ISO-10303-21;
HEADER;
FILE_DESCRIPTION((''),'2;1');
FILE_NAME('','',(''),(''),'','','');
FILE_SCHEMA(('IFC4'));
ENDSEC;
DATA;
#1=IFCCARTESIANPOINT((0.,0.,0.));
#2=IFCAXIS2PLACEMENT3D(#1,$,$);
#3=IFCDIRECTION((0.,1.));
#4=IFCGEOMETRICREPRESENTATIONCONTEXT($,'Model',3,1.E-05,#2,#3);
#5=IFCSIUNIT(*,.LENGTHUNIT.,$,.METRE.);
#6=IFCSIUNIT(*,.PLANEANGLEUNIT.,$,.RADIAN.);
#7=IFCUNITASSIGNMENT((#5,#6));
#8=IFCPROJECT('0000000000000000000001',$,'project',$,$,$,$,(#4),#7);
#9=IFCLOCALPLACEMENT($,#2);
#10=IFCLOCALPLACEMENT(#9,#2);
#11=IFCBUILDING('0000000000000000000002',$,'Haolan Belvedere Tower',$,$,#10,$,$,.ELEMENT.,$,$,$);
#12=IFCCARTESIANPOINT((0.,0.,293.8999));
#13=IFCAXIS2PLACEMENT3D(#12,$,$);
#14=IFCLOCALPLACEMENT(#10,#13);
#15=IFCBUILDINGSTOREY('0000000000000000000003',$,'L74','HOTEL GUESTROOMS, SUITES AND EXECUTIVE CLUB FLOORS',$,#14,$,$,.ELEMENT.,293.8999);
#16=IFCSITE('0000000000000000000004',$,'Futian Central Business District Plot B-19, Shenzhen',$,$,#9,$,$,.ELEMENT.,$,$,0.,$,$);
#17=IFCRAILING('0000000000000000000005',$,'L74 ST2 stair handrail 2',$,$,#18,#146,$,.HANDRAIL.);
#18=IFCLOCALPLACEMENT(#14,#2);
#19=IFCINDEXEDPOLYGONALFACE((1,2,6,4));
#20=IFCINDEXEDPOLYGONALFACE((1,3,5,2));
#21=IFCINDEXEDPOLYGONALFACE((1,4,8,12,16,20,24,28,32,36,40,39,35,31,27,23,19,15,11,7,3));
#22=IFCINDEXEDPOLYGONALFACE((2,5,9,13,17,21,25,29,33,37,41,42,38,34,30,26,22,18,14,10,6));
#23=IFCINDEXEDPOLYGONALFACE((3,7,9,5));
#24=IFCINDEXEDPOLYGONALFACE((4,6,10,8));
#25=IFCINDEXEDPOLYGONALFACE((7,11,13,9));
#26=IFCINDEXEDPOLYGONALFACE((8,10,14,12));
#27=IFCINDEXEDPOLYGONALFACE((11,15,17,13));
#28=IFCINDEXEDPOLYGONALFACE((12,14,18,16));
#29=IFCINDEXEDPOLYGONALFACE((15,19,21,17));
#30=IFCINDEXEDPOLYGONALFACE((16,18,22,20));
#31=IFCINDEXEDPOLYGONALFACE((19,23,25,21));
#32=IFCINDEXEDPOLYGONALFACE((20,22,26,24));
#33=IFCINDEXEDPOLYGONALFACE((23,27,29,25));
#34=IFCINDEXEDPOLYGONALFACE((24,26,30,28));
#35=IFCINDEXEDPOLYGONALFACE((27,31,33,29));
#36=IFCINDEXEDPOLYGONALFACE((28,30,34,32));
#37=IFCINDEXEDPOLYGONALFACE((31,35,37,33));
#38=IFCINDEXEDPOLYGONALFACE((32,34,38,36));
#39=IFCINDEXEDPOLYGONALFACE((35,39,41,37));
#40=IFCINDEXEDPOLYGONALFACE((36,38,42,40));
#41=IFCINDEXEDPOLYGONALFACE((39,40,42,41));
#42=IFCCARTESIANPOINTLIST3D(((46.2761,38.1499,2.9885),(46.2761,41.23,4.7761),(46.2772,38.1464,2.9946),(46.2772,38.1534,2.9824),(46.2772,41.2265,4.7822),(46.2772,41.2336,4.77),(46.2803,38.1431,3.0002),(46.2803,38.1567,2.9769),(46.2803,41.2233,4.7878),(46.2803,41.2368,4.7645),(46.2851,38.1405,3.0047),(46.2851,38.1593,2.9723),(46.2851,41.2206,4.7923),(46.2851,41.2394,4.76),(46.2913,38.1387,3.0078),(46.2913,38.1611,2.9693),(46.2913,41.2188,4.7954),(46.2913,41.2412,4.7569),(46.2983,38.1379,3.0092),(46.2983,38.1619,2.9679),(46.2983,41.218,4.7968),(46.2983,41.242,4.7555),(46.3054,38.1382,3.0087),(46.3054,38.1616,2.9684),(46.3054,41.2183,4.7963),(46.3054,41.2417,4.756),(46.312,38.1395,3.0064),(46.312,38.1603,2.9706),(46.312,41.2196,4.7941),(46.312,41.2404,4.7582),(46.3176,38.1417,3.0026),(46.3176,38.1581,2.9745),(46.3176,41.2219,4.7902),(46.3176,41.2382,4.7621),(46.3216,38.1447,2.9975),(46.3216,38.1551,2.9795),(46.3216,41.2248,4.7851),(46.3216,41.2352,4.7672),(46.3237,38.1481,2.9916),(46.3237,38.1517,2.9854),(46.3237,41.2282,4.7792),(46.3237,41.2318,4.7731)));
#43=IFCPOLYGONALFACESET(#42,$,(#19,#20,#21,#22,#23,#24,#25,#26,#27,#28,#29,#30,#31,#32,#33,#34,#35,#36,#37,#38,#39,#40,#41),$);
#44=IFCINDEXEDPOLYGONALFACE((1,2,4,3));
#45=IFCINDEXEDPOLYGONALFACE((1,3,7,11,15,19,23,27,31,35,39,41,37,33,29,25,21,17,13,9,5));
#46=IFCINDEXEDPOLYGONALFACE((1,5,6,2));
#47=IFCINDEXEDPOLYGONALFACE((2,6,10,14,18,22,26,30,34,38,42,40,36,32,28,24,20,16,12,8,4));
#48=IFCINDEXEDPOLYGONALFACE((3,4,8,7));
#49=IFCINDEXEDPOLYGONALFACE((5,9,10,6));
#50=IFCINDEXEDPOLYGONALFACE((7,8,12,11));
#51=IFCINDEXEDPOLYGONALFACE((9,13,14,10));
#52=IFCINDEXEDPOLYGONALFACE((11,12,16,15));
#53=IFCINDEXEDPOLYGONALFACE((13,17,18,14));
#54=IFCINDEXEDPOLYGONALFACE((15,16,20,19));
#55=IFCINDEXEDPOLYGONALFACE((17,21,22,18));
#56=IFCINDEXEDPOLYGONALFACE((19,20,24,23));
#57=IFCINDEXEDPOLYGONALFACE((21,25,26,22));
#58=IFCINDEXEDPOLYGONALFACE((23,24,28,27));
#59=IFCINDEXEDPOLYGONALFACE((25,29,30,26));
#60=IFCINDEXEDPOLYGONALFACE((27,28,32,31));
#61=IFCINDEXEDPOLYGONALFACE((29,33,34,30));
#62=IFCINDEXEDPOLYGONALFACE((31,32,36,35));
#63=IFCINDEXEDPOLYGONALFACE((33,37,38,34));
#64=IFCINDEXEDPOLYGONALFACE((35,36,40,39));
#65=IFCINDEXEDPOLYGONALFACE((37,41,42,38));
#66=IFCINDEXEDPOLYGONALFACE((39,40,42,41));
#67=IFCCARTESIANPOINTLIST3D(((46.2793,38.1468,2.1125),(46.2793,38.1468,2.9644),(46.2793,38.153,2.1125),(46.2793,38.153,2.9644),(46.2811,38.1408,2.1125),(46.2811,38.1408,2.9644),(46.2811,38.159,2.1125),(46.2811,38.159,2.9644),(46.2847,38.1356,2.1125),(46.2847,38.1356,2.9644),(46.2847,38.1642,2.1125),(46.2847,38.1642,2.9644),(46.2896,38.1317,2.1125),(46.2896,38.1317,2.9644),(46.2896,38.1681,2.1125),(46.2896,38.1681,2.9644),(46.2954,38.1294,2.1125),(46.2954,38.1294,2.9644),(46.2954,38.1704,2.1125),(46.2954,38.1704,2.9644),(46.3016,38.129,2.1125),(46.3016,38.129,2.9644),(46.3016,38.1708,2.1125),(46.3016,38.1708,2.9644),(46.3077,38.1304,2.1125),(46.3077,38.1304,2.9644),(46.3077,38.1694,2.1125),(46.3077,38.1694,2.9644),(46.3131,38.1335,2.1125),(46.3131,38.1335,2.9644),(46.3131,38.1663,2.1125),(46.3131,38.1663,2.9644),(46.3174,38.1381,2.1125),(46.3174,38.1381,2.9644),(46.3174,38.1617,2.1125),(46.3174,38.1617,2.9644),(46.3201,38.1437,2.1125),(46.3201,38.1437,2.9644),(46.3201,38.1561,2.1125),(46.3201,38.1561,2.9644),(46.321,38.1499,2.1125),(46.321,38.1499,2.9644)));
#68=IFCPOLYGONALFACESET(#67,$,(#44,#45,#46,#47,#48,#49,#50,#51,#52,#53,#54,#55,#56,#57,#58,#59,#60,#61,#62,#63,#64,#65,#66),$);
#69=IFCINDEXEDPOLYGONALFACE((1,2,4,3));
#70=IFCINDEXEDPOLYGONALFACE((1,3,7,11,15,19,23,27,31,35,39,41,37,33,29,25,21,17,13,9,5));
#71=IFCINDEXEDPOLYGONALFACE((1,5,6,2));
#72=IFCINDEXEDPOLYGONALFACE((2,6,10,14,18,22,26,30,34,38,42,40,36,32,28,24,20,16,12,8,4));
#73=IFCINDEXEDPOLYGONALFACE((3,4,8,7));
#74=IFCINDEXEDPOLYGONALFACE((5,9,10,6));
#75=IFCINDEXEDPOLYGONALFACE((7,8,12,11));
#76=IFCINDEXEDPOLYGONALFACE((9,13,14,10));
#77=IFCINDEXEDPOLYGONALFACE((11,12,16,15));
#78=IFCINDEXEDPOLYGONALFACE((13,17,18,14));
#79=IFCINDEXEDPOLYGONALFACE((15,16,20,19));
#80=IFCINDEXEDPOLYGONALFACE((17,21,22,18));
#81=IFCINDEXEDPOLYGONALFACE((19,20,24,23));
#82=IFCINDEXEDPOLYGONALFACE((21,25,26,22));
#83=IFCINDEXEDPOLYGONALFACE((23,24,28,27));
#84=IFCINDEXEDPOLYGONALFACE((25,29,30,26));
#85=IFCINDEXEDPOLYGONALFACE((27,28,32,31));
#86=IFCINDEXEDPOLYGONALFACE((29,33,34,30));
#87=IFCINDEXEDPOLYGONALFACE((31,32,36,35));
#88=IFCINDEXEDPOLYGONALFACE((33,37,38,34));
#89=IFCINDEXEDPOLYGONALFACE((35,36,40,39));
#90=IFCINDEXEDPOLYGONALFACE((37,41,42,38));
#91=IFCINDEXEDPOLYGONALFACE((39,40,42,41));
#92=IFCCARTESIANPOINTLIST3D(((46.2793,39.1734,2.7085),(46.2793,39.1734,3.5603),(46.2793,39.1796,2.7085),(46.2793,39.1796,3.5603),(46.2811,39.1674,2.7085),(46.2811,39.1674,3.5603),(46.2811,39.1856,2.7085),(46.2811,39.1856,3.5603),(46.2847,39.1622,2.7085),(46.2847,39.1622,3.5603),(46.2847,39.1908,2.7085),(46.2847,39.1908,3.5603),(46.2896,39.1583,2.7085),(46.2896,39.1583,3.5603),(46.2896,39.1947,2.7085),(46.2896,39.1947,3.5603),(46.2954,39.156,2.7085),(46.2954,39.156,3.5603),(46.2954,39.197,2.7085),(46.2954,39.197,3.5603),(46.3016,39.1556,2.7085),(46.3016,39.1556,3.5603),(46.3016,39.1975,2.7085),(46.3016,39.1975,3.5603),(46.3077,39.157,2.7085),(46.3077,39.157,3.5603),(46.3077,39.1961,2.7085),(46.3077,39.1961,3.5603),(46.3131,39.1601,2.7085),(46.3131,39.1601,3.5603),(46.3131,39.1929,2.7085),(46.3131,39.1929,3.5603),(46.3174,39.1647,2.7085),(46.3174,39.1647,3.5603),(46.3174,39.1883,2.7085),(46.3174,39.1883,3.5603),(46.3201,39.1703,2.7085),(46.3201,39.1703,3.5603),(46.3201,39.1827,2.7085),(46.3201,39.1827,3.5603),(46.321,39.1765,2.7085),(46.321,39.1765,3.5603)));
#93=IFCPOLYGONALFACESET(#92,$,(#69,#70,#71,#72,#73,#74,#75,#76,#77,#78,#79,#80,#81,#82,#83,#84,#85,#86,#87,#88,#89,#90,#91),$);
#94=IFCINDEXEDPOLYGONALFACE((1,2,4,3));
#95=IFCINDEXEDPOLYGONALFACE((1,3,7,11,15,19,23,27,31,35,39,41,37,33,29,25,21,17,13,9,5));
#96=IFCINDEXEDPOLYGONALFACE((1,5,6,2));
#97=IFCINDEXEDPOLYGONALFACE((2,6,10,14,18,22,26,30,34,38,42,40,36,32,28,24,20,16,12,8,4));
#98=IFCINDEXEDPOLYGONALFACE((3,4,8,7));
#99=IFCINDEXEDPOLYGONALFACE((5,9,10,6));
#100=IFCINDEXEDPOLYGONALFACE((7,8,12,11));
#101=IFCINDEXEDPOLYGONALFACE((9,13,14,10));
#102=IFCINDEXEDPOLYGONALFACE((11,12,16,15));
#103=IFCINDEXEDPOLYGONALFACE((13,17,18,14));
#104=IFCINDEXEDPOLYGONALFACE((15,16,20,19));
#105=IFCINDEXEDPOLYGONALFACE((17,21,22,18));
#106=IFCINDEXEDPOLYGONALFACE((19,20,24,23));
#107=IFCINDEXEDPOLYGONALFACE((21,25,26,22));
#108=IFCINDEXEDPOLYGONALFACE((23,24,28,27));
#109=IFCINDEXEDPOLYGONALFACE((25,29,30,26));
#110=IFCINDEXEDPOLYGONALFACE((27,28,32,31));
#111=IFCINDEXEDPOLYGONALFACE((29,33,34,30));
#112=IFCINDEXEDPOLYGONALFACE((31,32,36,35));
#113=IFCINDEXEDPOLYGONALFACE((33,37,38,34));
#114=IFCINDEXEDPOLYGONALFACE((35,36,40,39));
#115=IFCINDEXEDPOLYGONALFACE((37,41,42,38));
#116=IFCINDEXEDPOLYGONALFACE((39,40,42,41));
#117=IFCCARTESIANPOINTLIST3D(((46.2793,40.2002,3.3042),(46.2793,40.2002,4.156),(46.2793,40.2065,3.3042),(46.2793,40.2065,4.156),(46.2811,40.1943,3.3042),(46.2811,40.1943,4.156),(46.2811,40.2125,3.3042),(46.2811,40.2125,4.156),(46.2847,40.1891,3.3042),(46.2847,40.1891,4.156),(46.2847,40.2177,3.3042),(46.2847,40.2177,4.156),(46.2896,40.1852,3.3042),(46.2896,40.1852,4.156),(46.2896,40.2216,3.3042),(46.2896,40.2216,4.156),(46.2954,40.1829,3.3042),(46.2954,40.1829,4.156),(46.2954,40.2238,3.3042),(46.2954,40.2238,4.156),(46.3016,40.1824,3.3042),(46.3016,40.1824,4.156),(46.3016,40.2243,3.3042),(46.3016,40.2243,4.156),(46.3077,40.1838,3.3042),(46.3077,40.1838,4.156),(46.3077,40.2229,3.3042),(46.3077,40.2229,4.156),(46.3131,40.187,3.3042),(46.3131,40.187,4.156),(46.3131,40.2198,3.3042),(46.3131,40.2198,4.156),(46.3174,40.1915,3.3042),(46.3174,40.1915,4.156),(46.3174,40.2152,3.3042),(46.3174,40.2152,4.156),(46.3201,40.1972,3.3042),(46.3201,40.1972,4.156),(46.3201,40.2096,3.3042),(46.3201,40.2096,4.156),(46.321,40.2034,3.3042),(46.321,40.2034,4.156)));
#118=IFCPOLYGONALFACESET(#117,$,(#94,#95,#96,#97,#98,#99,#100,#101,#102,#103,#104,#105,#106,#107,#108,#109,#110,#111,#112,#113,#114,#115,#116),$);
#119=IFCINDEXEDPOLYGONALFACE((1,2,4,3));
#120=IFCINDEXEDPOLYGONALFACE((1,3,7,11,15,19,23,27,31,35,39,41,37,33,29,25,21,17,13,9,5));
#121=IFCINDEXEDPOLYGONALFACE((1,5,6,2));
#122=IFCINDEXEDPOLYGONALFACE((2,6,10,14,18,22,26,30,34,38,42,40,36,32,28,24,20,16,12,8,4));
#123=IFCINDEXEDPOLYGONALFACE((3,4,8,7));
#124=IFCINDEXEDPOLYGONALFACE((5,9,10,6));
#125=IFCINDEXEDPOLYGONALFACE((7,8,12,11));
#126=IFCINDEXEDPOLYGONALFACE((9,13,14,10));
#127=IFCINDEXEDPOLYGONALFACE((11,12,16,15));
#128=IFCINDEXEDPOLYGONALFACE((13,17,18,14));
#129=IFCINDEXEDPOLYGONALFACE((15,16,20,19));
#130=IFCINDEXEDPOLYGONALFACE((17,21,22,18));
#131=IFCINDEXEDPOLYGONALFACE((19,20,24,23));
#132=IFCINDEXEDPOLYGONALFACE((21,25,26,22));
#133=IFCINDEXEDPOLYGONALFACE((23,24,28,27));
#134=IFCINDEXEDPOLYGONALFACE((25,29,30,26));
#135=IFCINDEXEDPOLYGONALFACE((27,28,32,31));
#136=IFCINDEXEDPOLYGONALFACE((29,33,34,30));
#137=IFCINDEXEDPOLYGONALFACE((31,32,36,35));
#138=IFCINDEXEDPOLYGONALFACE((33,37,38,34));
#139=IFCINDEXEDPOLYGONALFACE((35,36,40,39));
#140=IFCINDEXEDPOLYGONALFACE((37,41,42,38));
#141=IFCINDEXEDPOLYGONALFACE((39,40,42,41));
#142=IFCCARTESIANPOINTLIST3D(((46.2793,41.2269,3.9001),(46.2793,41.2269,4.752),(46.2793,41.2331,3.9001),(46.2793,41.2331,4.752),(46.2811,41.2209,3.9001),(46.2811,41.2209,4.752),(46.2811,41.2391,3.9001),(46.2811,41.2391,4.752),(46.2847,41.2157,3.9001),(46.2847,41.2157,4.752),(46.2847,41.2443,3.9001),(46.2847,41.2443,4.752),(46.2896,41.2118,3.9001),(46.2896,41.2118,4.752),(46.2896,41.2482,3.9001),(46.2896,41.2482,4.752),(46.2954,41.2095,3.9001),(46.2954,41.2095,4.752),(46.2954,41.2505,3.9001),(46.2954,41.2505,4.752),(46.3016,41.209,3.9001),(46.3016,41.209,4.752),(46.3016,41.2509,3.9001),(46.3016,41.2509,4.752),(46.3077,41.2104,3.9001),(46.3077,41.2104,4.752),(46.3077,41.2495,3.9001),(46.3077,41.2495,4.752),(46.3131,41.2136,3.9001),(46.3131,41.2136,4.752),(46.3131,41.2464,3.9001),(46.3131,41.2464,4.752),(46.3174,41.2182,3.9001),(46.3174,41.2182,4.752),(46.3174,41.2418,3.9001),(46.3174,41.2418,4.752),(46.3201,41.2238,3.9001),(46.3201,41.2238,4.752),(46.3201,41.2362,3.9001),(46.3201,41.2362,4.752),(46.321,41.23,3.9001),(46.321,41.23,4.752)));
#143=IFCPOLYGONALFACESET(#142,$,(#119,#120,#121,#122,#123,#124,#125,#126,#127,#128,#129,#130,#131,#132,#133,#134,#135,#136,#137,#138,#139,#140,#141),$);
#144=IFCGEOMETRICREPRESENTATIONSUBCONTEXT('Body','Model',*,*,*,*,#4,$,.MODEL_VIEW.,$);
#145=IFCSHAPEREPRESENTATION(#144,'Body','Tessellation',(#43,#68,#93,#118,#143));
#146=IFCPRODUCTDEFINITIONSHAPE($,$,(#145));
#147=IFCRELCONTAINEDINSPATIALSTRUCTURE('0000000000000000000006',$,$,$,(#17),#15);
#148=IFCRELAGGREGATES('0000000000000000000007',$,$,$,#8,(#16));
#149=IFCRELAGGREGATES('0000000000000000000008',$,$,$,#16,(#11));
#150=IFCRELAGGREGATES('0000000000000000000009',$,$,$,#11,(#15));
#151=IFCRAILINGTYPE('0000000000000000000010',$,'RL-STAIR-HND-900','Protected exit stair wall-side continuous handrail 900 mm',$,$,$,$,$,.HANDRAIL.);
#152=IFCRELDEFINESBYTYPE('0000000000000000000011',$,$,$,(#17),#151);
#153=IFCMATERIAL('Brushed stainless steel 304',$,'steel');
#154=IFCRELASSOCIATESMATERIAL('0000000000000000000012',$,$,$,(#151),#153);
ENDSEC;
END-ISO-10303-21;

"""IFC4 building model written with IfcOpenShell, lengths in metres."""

from ifc_helpers import new_model, si_unit, direction, frame, origin, origin_2d, place, context, subcontext, project, spatial, circle, extrude, material, type_object, element, save


model = new_model("IFC4")

# Units and contexts
model_context = context("Model", 3, precision=1e-05, world=origin(), true_north=direction((0.0, 1.0)))
body_context = subcontext(model_context, "Body", "Model", "MODEL_VIEW")
ifc_project = project(units=[si_unit("LENGTHUNIT", "METRE"), si_unit("PLANEANGLEUNIT", "RADIAN")], contexts=[model_context])

# Site, building, storey
site_placement = place(None, origin())
site = spatial("IfcSite", under=ifc_project, at=site_placement, Name="Futian Central Business District Plot B-19, Shenzhen", CompositionType="ELEMENT", RefElevation=0.0)
building_placement = place(site_placement, origin())
building = spatial("IfcBuilding", under=site, at=building_placement, Name="Haolan Belvedere Tower", CompositionType="ELEMENT")
storey_placement = place(building_placement, frame((0.0, 0.0, 293.8999)))
storey = spatial("IfcBuildingStorey", under=building, at=storey_placement, Name="L74", Description="HOTEL GUESTROOMS, SUITES AND EXECUTIVE CLUB FLOORS", CompositionType="ELEMENT", Elevation=293.8999)

# Railing
ifc_material_1 = material(Name="Brushed stainless steel 304", Category="steel")
railing_type_1 = type_object("IfcRailingType", Name="RL-STAIR-HND-900", Description="Protected exit stair wall-side continuous handrail 900 mm", PredefinedType="HANDRAIL", material=ifc_material_1)
for number, where, name in (
    (1, (46.3, 38.1499, 2.1125), "L74 ST2 stair handrail 2"),
):
    element("IfcRailing", number, at=place(storey_placement, frame(where)), inside=storey, type_object=railing_type_1, Name=name, PredefinedType="HANDRAIL", context=body_context, shape_type="SweptSolid", body=[
        extrude(circle(Radius=0.0239, at=origin_2d()), frame((0.0, 0.0, 0.876), z_axis=(0.0, 0.864891, 0.50196), x_axis=(-1.0, 0.0, 0.0)), (0.0, 0.0, 1.0), 3.5613),
        extrude(circle(Radius=0.021, at=origin_2d()), origin(), (0.0, 0.0, 1.0), 0.8518),
        extrude(circle(Radius=0.021, at=origin_2d()), frame((0.0, 1.0266, 0.5959)), (0.0, 0.0, 1.0), 0.8518),
        extrude(circle(Radius=0.021, at=origin_2d()), frame((0.0, 2.0535, 1.1917)), (0.0, 0.0, 1.0), 0.8518),
        extrude(circle(Radius=0.021, at=origin_2d()), frame((0.0, 3.0801, 1.7876)), (0.0, 0.0, 1.0), 0.8518),
    ])

save(model, "model.ifc")
